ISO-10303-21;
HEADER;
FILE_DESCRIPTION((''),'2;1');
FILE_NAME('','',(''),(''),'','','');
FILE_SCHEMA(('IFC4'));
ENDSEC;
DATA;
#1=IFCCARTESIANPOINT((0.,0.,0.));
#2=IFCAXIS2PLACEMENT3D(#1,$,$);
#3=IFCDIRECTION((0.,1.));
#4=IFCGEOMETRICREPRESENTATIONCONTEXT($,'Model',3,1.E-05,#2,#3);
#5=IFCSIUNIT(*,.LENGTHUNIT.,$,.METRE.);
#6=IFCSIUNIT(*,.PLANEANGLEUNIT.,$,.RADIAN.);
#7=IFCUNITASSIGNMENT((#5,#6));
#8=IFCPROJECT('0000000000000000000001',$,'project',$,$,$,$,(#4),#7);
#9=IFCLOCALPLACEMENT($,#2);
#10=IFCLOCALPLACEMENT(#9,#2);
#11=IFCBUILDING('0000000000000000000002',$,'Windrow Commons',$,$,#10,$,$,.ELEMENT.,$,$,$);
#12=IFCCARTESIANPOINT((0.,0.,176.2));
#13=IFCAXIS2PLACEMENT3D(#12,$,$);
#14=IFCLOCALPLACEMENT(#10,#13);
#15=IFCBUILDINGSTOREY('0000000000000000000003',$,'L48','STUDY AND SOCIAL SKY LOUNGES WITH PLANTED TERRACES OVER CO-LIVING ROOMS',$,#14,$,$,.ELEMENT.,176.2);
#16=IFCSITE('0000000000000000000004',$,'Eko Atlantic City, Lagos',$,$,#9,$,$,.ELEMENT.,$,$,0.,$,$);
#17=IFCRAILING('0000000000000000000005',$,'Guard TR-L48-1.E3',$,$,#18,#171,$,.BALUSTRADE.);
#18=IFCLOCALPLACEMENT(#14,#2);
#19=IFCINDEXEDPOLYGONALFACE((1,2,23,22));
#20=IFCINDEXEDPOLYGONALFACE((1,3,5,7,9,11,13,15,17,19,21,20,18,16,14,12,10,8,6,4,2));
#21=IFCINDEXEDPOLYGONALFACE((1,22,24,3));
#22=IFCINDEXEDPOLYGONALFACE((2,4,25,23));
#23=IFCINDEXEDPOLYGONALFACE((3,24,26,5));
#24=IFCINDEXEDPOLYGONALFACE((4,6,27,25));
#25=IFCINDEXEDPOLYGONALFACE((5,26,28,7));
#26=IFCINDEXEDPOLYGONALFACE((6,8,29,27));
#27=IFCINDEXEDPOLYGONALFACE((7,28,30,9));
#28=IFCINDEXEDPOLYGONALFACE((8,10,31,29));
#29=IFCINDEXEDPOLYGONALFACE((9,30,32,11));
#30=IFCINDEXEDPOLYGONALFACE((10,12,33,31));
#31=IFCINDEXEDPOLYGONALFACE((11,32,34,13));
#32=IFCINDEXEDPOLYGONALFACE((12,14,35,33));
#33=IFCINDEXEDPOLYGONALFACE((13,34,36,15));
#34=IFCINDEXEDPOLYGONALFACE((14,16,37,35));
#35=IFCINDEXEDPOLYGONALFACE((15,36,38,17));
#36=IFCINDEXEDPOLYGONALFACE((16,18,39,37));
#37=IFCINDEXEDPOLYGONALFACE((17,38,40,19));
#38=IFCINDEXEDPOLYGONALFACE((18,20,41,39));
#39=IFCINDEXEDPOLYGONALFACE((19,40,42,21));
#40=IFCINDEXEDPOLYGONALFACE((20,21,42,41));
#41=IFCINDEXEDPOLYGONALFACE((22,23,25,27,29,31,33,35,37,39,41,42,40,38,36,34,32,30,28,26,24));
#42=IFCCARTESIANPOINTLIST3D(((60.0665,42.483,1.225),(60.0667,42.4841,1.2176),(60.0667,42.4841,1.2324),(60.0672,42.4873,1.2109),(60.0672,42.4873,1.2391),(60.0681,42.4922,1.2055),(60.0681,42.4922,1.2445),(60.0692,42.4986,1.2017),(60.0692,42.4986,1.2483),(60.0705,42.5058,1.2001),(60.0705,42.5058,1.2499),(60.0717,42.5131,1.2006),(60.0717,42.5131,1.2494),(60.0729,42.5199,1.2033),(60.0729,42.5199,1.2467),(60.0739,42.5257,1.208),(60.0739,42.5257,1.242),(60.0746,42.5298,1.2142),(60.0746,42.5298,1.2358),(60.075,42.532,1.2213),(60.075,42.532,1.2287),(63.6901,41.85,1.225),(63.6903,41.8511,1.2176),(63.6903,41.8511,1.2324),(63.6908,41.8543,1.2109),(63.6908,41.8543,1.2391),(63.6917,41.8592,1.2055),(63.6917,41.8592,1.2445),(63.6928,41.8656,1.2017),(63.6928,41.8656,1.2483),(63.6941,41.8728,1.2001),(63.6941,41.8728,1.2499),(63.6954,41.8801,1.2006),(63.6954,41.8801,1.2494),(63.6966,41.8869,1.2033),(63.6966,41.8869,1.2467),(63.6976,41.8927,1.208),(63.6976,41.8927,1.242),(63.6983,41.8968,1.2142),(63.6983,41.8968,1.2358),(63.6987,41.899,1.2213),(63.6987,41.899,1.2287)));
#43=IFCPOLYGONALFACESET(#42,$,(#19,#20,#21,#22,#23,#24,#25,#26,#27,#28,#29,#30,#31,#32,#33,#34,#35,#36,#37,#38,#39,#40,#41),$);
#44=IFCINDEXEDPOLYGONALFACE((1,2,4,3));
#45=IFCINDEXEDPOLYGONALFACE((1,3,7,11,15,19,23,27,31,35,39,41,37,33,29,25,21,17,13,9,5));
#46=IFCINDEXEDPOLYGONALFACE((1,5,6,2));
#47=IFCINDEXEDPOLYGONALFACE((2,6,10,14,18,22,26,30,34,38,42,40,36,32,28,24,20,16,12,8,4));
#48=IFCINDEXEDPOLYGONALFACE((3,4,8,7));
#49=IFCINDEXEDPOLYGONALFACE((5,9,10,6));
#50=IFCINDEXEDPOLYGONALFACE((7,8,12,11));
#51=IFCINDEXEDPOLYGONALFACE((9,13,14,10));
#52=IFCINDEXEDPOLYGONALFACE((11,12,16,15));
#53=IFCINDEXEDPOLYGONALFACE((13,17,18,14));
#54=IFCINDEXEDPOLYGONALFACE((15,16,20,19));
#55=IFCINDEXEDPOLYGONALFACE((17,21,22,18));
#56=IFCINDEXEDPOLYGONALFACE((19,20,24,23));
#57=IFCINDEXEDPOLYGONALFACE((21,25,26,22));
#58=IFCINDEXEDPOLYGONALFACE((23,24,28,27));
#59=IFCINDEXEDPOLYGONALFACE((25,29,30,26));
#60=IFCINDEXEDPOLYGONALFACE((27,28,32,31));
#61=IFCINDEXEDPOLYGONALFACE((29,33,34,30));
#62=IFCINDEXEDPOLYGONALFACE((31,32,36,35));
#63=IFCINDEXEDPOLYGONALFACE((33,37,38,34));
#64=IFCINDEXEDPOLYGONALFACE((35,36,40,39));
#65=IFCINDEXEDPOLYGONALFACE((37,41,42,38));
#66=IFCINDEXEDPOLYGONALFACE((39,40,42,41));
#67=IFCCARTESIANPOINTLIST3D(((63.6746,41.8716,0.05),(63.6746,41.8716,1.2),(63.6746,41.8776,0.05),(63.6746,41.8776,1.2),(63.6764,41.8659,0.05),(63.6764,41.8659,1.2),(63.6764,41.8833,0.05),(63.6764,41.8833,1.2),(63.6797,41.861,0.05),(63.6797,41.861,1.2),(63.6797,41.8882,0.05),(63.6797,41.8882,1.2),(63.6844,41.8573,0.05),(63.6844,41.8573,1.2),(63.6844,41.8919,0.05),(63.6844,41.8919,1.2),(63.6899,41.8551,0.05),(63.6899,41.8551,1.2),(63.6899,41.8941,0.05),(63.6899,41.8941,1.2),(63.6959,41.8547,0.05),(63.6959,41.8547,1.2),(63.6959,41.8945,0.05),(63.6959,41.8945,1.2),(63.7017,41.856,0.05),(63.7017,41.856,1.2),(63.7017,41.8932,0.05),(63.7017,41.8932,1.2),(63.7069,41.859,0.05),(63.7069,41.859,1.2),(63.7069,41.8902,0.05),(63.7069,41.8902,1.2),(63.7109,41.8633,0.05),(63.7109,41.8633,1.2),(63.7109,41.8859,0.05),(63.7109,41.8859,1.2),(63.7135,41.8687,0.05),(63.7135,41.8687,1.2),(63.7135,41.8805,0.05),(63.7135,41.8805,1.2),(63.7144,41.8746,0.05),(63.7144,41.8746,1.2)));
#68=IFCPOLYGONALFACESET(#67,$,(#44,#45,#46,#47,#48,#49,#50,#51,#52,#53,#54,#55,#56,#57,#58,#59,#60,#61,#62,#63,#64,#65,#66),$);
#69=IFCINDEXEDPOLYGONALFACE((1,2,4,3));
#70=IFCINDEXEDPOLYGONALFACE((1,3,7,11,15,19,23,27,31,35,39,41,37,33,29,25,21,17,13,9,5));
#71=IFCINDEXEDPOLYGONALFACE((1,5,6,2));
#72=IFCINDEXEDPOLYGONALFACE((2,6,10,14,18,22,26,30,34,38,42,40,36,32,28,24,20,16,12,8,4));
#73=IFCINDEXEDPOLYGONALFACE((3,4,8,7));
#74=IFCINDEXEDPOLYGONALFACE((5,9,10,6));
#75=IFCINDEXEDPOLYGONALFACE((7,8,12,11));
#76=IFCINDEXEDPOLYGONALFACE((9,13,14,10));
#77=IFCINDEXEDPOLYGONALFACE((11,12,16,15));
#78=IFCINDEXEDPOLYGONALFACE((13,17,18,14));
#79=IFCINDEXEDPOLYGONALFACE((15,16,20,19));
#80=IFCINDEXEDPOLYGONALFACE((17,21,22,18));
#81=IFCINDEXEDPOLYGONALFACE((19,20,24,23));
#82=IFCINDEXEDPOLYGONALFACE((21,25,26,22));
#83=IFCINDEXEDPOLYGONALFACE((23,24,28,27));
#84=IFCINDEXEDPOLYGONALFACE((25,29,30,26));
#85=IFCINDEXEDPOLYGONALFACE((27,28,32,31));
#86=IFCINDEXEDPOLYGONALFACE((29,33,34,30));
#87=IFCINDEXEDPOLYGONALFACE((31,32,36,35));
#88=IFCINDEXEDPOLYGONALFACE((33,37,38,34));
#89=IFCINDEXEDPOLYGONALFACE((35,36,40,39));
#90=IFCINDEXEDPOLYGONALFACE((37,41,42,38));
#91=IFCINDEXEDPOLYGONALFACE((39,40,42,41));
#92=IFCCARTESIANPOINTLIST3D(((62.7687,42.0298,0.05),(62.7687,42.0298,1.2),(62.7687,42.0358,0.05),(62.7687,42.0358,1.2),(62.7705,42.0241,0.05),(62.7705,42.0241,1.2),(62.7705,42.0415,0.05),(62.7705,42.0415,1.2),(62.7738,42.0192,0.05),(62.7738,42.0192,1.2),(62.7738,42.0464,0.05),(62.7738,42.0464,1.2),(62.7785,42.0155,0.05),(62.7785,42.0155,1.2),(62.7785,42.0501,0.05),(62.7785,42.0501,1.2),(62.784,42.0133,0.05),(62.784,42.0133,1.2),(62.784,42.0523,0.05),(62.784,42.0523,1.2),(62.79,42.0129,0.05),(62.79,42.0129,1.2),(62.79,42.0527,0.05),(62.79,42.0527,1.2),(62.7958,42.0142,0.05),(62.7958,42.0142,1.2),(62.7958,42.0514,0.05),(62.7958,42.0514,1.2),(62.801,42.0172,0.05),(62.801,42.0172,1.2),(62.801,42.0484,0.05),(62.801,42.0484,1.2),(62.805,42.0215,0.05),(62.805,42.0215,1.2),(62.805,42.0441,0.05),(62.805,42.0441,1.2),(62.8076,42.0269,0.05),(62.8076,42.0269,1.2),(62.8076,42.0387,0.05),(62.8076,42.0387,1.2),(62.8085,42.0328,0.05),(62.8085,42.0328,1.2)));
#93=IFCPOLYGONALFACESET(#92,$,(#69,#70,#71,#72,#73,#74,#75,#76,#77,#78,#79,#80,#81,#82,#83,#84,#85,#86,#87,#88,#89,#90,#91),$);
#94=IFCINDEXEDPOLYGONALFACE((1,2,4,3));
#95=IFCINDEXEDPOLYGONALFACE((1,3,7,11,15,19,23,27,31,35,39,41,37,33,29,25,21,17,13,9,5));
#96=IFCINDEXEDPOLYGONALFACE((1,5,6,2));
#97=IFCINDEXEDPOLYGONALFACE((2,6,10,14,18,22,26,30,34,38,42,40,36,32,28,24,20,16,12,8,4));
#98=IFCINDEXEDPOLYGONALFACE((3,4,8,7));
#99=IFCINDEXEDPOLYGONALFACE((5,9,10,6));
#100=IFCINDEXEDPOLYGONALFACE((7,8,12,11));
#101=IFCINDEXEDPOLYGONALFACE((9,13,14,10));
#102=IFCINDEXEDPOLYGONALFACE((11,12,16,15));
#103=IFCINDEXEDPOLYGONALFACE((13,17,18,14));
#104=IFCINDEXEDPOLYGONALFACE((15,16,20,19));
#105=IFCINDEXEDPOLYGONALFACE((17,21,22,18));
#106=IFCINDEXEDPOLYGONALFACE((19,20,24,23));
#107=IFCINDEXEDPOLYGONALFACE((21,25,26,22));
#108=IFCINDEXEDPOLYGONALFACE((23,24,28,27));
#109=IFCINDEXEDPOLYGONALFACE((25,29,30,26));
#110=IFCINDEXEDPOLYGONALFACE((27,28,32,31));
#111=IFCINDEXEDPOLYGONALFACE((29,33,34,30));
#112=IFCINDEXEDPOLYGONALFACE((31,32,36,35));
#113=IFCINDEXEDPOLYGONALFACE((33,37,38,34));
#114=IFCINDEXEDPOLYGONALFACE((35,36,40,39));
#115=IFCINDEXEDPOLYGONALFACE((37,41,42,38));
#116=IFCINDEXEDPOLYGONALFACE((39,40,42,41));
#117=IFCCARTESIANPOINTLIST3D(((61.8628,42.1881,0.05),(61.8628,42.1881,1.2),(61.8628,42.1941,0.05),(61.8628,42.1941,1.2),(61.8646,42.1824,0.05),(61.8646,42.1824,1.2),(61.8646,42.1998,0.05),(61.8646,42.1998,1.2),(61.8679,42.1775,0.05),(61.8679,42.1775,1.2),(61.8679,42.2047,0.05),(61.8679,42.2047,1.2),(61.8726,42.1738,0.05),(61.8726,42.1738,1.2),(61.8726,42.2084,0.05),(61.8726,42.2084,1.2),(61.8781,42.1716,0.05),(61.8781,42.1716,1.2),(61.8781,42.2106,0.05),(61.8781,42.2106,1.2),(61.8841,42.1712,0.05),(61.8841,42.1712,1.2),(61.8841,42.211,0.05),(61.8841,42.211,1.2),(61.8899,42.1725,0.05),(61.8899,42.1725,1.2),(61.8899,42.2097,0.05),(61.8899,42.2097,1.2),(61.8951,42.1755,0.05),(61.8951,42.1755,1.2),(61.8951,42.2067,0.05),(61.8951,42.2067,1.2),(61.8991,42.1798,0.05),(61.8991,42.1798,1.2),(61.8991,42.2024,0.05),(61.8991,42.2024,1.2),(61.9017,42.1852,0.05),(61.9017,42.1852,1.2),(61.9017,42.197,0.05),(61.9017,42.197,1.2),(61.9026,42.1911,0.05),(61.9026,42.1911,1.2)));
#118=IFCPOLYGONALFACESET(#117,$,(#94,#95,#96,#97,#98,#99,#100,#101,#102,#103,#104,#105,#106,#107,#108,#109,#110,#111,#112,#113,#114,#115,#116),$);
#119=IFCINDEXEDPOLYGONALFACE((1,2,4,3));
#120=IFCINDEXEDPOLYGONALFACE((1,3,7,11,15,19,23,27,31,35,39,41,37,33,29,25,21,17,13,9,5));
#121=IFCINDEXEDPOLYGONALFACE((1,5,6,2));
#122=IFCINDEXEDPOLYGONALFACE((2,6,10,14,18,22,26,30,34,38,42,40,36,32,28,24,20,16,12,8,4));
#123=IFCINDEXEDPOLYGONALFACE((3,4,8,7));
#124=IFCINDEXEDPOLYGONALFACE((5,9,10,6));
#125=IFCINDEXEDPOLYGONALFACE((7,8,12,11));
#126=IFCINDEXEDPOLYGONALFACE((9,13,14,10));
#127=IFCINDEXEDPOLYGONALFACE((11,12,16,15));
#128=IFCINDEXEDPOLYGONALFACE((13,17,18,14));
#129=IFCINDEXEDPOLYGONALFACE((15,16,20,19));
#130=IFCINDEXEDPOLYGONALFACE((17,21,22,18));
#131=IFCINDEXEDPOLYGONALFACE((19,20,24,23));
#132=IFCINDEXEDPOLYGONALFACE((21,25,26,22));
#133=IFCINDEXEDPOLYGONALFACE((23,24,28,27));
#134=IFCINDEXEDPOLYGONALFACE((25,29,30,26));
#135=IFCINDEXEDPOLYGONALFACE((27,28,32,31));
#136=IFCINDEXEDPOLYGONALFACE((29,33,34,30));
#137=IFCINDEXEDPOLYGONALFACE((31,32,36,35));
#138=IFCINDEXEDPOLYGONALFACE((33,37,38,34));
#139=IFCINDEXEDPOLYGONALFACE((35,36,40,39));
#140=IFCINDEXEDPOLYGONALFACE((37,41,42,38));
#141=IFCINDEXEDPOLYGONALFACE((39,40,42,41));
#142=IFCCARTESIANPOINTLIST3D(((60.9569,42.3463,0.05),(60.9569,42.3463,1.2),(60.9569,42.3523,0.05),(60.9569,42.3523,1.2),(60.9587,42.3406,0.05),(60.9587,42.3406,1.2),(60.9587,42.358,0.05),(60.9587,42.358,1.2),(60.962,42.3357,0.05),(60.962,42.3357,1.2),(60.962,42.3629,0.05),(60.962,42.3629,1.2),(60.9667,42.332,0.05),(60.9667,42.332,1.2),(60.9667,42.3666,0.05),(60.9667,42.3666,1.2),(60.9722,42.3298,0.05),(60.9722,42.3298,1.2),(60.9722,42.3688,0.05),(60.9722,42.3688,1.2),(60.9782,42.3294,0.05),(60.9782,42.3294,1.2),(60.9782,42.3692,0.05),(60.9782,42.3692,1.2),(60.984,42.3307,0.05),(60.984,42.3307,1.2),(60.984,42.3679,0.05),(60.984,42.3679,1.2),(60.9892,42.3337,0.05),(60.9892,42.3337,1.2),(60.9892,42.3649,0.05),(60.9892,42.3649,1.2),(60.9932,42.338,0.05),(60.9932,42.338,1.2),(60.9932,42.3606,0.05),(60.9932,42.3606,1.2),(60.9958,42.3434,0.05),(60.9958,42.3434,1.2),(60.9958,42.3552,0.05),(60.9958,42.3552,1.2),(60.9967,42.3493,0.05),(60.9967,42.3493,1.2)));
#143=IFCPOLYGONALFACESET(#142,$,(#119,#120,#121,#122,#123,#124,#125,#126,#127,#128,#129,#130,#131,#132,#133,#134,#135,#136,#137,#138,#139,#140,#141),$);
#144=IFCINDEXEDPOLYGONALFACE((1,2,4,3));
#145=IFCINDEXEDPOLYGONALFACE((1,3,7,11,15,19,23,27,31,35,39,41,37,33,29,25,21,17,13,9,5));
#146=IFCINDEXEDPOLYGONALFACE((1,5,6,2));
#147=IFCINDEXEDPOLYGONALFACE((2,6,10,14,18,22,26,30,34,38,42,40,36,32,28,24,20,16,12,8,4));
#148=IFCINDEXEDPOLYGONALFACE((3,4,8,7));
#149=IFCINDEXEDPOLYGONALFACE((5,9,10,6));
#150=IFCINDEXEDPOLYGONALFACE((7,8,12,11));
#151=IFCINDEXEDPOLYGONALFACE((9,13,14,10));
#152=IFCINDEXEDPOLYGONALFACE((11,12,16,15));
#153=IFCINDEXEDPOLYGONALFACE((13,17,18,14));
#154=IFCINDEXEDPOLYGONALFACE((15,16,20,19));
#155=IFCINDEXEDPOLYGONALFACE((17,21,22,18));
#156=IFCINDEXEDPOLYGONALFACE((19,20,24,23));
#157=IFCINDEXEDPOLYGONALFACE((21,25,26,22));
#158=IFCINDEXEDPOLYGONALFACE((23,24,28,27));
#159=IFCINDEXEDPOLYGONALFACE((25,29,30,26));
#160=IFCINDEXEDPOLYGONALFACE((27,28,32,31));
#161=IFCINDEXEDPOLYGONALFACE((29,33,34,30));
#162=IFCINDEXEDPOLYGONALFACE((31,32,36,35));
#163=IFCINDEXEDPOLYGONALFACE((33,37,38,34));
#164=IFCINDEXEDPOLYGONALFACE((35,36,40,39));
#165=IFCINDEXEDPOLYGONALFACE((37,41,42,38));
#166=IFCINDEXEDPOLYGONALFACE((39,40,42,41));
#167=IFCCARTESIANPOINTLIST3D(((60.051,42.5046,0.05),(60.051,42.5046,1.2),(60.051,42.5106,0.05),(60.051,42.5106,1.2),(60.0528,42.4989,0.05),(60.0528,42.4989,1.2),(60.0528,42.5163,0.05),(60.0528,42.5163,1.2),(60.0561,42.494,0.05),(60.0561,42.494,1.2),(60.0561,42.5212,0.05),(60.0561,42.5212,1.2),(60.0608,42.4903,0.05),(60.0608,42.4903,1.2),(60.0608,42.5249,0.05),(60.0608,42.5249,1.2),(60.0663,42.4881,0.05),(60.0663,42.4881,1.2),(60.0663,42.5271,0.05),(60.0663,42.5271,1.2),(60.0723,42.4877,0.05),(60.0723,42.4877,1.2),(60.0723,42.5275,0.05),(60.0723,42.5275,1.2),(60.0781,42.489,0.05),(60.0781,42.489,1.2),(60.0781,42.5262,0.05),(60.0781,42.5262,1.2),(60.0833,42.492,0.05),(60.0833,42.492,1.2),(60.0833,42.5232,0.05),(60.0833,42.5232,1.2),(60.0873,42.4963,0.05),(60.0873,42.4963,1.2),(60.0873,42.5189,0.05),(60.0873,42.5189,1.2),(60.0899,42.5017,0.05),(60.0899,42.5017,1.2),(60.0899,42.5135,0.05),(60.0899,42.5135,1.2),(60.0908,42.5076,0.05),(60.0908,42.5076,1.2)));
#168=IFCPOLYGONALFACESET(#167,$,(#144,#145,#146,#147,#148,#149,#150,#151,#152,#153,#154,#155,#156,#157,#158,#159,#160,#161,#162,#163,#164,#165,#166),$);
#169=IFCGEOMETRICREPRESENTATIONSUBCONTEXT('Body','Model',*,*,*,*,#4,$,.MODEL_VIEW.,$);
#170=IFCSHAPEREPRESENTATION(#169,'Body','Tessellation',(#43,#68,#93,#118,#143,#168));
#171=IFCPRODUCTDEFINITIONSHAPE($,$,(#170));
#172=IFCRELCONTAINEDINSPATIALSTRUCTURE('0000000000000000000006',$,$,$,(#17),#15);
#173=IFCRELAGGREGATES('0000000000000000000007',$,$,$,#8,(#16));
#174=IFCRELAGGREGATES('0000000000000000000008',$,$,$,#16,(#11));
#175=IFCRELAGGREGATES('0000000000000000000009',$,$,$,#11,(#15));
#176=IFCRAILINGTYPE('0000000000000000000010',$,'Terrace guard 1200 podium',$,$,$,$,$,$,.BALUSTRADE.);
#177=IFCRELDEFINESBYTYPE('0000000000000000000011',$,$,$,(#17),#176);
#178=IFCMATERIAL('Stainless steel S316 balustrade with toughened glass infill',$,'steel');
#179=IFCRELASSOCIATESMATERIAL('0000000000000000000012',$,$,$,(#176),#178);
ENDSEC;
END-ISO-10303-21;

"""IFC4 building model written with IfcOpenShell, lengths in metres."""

from ifc_helpers import new_model, si_unit, direction, frame, origin, origin_2d, place, context, subcontext, project, spatial, circle, extrude, material, type_object, element, save


model = new_model("IFC4")

# Units and contexts
model_context = context("Model", 3, precision=1e-05, world=origin(), true_north=direction((0.0, 1.0)))
body_context = subcontext(model_context, "Body", "Model", "MODEL_VIEW")
ifc_project = project(units=[si_unit("LENGTHUNIT", "METRE"), si_unit("PLANEANGLEUNIT", "RADIAN")], contexts=[model_context])

# Site, building, storey
site_placement = place(None, origin())
site = spatial("IfcSite", under=ifc_project, at=site_placement, Name="Eko Atlantic City, Lagos", CompositionType="ELEMENT", RefElevation=0.0)
building_placement = place(site_placement, origin())
building = spatial("IfcBuilding", under=site, at=building_placement, Name="Windrow Commons", CompositionType="ELEMENT")
storey_placement = place(building_placement, frame((0.0, 0.0, 176.2)))
storey = spatial("IfcBuildingStorey", under=building, at=storey_placement, Name="L48", Description="STUDY AND SOCIAL SKY LOUNGES WITH PLANTED TERRACES OVER CO-LIVING ROOMS", CompositionType="ELEMENT", Elevation=176.2)

# Railing
ifc_material_1 = material(Name="Stainless steel S316 balustrade with toughened glass infill", Category="steel")
railing_type = type_object("IfcRailingType", Name="Terrace guard 1200 podium", PredefinedType="BALUSTRADE", material=ifc_material_1)
railing_1_placement = place(storey_placement, frame((63.6944, 41.8746, 0.05)))
element("IfcRailing", 1, at=railing_1_placement, inside=storey, type_object=railing_type, Name="Guard TR-L48-1.E3", PredefinedType="BALUSTRADE", context=body_context, shape_type="SweptSolid", body=[
    extrude(circle(Radius=0.025, at=origin_2d()), frame((0.0, 0.0, 1.175), z_axis=(-0.985083, 0.172082, 0.0), x_axis=(-0.172082, -0.985083, 0.0)), (0.0, 0.0, 1.0), 3.6785),
    extrude(circle(Radius=0.02, at=origin_2d()), origin(), (0.0, 0.0, 1.0), 1.15),
    extrude(circle(Radius=0.02, at=origin_2d()), frame((-0.9059, 0.1582, 0.0)), (0.0, 0.0, 1.0), 1.15),
    extrude(circle(Radius=0.02, at=origin_2d()), frame((-1.8118, 0.3165, 0.0)), (0.0, 0.0, 1.0), 1.15),
    extrude(circle(Radius=0.02, at=origin_2d()), frame((-2.7177, 0.4747, 0.0)), (0.0, 0.0, 1.0), 1.15),
    extrude(circle(Radius=0.02, at=origin_2d()), frame((-3.6236, 0.633, 0.0)), (0.0, 0.0, 1.0), 1.15),
])

save(model, "model.ifc")
